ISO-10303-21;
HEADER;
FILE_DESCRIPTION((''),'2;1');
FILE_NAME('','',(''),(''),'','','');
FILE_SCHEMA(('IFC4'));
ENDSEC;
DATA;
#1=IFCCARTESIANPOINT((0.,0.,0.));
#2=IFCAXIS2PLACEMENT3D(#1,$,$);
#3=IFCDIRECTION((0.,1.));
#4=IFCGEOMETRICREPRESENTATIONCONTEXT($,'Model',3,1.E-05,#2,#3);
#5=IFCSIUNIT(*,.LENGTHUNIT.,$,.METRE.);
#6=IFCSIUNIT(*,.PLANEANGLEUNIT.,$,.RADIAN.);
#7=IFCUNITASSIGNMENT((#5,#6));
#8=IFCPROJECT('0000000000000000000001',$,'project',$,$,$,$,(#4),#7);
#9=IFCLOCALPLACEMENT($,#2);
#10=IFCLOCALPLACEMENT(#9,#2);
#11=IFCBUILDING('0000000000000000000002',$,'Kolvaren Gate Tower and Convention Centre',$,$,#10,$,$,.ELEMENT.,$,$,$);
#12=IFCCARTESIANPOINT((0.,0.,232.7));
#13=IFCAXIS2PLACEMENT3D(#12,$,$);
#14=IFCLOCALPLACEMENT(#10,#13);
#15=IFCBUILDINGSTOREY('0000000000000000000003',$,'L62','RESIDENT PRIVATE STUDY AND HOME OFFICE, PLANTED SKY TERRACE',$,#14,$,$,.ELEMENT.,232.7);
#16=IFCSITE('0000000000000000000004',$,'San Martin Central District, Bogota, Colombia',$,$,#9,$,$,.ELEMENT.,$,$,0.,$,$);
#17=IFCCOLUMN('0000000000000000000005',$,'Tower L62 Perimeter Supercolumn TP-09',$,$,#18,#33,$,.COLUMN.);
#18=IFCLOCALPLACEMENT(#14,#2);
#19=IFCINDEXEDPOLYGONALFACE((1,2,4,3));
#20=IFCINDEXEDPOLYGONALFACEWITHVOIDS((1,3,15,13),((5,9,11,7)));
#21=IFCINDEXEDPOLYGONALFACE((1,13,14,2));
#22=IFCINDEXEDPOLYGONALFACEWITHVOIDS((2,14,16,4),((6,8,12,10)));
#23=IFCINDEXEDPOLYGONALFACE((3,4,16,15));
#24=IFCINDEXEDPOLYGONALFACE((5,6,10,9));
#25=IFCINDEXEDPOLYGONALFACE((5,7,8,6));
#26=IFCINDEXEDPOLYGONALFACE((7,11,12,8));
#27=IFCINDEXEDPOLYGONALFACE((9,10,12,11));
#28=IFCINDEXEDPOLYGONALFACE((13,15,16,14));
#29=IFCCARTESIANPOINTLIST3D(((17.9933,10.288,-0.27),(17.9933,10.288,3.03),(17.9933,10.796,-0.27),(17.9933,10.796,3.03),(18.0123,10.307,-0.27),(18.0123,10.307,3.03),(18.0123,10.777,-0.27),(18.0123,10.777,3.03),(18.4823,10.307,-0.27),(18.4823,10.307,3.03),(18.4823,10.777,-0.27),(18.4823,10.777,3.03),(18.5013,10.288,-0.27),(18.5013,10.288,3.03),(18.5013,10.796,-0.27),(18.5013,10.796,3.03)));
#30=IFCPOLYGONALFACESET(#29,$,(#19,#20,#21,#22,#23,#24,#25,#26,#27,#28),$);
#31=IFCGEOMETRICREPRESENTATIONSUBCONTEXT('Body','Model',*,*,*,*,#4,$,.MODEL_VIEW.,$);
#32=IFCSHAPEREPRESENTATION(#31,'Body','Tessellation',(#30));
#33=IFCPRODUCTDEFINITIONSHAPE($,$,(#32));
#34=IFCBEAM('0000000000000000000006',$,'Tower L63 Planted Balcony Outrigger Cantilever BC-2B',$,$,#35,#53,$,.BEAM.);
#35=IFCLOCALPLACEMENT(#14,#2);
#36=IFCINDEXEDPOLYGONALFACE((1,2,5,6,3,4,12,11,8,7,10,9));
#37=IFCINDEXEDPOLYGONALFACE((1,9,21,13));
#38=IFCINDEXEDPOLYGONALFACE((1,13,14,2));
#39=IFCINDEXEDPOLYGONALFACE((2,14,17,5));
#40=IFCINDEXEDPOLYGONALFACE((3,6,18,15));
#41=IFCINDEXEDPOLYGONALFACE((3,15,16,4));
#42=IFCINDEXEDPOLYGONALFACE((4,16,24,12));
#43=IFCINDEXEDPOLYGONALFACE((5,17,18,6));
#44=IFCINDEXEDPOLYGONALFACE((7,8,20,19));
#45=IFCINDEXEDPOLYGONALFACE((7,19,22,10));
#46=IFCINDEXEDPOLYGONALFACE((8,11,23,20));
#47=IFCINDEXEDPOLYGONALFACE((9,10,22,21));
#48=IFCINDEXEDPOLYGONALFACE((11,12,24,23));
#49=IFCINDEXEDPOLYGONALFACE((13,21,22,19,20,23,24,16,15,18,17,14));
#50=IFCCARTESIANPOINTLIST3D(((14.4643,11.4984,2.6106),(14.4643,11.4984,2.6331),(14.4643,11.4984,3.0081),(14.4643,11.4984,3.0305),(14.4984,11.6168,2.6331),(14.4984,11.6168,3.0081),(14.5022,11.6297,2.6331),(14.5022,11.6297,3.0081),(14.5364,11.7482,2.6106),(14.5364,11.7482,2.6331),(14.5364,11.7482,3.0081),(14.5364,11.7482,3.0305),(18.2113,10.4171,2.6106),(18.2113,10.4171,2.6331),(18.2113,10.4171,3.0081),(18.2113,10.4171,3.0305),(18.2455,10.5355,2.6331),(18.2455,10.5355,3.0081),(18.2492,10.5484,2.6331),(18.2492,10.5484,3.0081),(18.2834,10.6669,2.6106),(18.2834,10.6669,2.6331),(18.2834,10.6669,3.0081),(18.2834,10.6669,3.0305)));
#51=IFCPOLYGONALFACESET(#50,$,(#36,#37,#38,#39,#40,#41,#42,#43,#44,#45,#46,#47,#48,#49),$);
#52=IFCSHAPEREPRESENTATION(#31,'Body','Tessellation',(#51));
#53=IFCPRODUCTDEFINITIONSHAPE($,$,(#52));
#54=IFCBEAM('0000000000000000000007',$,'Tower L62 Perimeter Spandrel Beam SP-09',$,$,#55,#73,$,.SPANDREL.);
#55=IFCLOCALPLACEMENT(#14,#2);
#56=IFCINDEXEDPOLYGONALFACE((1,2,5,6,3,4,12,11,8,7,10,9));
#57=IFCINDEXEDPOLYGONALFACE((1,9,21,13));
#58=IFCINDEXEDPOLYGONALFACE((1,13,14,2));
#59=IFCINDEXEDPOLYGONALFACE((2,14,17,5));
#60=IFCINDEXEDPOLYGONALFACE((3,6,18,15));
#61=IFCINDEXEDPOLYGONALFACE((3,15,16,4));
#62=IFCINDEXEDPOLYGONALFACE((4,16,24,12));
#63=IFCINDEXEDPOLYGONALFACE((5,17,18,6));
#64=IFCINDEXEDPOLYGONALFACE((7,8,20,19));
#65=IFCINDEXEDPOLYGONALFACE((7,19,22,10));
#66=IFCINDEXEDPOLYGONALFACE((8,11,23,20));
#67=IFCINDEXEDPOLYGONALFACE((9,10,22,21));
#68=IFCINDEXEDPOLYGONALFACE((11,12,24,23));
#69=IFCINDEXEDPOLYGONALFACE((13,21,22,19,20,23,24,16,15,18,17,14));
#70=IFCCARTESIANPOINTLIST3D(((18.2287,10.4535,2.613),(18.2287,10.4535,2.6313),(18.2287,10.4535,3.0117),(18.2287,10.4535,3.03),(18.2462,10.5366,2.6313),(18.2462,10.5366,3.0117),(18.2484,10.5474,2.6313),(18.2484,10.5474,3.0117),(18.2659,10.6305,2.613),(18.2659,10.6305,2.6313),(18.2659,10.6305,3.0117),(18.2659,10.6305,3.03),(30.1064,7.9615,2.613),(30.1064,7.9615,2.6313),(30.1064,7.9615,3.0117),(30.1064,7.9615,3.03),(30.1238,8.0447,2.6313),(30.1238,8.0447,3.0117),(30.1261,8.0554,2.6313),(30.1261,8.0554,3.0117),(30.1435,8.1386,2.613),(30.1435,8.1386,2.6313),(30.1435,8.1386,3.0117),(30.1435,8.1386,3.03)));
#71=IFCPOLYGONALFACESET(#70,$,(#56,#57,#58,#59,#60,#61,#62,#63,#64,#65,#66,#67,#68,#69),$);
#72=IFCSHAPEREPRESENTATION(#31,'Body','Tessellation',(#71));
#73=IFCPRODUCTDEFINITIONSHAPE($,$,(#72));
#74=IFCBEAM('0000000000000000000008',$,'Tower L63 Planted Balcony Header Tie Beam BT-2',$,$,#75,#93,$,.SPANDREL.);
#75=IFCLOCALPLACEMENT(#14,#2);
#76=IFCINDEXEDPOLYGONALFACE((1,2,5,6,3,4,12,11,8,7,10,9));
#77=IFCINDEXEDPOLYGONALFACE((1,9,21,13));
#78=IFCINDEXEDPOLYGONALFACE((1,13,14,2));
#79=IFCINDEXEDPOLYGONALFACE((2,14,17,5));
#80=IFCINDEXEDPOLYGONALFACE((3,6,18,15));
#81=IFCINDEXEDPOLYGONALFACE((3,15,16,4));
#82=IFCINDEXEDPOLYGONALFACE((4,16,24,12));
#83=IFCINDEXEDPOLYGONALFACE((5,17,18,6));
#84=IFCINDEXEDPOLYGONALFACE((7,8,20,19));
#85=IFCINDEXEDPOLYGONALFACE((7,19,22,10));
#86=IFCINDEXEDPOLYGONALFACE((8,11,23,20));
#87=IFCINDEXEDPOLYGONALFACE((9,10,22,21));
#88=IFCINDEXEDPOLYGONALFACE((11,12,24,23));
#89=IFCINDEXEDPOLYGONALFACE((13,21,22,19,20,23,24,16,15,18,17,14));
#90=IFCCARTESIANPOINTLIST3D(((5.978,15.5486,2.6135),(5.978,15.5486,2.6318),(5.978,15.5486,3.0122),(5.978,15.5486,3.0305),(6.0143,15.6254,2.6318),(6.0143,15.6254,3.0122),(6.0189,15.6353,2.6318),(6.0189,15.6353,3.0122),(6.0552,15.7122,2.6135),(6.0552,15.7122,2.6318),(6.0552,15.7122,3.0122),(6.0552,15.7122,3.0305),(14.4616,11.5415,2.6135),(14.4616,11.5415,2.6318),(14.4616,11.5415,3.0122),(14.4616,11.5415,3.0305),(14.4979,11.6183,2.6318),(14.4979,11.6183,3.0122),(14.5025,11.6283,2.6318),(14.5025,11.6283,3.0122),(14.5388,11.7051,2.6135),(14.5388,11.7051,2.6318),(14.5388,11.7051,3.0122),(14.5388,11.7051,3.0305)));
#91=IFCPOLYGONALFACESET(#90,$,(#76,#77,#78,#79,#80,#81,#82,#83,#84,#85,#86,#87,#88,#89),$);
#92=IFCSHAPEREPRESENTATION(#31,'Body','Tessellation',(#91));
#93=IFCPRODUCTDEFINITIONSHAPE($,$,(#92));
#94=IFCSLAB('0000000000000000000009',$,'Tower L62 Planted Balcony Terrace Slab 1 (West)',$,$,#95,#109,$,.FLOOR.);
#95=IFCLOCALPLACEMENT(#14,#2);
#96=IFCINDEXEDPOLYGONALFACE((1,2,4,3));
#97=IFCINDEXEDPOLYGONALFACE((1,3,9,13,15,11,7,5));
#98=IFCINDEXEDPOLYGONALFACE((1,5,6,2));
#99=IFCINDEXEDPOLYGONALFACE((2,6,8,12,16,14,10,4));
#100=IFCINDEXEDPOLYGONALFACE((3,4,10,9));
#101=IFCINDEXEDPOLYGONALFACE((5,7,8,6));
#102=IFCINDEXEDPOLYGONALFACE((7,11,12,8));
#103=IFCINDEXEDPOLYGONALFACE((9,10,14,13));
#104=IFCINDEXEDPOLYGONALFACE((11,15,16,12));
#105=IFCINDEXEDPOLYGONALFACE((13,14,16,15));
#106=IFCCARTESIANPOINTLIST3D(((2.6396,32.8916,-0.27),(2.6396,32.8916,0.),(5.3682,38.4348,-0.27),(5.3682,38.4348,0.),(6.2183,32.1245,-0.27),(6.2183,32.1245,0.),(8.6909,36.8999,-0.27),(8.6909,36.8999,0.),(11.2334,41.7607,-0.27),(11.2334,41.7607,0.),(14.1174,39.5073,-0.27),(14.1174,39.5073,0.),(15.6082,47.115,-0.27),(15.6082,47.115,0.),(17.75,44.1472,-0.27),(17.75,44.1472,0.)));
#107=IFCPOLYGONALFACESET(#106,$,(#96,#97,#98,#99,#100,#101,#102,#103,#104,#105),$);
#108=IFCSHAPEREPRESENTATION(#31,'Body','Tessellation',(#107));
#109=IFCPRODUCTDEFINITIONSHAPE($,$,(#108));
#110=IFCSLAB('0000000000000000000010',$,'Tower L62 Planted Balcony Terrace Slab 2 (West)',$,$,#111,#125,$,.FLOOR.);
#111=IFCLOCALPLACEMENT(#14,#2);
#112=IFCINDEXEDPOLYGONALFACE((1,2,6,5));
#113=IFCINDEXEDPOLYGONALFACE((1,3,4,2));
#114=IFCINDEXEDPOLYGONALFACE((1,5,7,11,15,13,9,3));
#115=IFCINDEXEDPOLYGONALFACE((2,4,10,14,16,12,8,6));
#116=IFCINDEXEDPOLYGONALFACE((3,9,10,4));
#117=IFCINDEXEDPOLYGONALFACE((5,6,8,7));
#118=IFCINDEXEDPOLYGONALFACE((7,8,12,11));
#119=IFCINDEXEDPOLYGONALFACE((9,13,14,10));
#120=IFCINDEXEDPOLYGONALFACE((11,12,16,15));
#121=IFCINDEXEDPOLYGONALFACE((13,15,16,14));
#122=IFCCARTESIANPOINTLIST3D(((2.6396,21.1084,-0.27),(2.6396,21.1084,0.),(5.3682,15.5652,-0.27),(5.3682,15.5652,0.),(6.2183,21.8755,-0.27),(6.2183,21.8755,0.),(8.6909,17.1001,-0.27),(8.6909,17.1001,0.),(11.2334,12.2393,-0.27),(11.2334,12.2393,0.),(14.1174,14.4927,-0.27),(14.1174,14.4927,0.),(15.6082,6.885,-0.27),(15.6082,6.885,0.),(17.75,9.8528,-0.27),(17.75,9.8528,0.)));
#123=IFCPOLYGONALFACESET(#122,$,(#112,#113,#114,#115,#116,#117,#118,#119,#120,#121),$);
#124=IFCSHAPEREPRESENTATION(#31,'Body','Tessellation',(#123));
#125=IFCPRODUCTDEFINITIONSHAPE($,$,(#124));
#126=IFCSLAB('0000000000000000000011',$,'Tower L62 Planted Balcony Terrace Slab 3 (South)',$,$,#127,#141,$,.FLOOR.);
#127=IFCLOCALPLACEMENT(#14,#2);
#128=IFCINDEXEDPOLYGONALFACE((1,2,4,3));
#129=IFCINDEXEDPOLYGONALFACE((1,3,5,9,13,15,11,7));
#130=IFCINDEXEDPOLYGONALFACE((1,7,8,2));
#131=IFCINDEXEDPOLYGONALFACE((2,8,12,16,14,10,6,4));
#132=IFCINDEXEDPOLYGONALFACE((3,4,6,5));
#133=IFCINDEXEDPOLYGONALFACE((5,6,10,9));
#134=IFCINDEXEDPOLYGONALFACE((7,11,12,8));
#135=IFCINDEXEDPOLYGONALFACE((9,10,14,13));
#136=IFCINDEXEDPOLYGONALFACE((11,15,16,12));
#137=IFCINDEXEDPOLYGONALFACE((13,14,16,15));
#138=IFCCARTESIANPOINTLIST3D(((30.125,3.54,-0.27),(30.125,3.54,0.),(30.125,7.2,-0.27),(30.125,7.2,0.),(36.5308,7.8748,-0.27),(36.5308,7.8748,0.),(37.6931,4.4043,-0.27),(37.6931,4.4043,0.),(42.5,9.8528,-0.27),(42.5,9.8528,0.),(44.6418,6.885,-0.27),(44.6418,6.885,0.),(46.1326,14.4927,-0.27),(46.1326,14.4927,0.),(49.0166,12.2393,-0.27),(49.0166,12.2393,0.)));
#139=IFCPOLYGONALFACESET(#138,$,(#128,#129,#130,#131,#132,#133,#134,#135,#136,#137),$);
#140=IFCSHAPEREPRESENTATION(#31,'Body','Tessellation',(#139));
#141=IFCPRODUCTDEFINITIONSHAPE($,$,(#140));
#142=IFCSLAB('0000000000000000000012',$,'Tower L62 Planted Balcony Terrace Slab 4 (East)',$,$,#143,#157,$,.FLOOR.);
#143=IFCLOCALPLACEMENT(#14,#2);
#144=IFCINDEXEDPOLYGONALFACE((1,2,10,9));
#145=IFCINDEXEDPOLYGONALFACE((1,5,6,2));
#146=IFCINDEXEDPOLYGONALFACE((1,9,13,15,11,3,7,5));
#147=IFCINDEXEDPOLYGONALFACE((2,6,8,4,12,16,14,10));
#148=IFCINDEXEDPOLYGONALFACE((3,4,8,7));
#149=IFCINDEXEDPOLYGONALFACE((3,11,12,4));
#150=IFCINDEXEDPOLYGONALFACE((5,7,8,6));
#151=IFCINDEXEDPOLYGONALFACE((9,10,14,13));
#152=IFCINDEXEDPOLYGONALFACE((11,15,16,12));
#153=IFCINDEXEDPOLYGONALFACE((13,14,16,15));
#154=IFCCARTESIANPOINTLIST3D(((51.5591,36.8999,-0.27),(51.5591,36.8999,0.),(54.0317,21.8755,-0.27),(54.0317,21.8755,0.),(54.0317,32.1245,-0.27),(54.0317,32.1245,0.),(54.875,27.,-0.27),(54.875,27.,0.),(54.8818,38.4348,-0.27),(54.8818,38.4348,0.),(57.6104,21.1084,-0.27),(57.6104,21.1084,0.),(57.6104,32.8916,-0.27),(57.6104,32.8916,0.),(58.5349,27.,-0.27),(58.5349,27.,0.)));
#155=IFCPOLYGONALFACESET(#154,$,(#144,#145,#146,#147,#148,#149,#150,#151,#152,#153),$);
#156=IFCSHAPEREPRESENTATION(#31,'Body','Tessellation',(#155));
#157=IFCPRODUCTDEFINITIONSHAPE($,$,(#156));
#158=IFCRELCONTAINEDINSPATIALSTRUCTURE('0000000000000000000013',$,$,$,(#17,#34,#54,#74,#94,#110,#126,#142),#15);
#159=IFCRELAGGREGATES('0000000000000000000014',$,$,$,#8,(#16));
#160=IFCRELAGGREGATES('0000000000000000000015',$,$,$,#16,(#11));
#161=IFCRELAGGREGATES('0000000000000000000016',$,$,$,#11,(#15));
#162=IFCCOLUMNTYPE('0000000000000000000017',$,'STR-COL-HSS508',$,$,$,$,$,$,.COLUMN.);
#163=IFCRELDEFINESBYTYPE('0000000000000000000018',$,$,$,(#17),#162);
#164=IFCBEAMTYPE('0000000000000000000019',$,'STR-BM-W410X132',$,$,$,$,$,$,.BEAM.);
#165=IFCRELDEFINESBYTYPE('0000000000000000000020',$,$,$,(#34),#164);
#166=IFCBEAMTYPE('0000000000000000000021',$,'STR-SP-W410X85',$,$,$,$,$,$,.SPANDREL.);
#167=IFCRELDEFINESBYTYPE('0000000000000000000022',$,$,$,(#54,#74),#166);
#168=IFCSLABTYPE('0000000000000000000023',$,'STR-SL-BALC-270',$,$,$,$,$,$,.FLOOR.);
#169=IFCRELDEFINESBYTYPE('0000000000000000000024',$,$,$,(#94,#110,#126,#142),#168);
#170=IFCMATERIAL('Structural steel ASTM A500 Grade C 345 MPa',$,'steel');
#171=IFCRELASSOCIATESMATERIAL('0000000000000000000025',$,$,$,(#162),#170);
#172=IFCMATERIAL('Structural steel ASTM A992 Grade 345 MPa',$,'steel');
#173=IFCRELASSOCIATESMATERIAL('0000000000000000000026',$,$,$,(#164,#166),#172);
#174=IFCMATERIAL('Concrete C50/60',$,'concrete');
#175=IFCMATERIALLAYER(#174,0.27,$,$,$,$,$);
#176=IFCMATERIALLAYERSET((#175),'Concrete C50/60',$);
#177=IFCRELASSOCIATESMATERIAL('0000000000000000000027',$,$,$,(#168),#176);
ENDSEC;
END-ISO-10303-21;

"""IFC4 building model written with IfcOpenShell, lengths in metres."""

from ifc_helpers import new_model, si_unit, direction, frame, origin, origin_2d, place, context, subcontext, project, spatial, polyline, hollow_rectangle, i_section, outline, extrude, material, layer, layer_set, material_profile, profile_set, type_object, element, save


model = new_model("IFC4")

# Units and contexts
model_context = context("Model", 3, precision=1e-05, world=origin(), true_north=direction((0.0, 1.0)))
body_context = subcontext(model_context, "Body", "Model", "MODEL_VIEW")
ifc_project = project(units=[si_unit("LENGTHUNIT", "METRE"), si_unit("PLANEANGLEUNIT", "RADIAN")], contexts=[model_context])

# Site, building, storey
site_placement = place(None, origin())
site = spatial("IfcSite", under=ifc_project, at=site_placement, Name="San Martin Central District, Bogota, Colombia", CompositionType="ELEMENT", RefElevation=0.0)
building_placement = place(site_placement, origin())
building = spatial("IfcBuilding", under=site, at=building_placement, Name="Kolvaren Gate Tower and Convention Centre", CompositionType="ELEMENT")
storey_placement = place(building_placement, frame((0.0, 0.0, 232.7)))
storey = spatial("IfcBuildingStorey", under=building, at=storey_placement, Name="L62", Description="RESIDENT PRIVATE STUDY AND HOME OFFICE, PLANTED SKY TERRACE", CompositionType="ELEMENT", Elevation=232.7)

# Column
ifc_material_1 = material(Name="Structural steel ASTM A500 Grade C 345 MPa", Category="steel")
ifc_material_profile_1 = material_profile(ifc_material_1, hollow_rectangle(XDim=0.5081, YDim=0.5081, WallThickness=0.019, at=origin_2d()), Name="HSS508X508X19.1")
ifc_profile_set_1 = profile_set([ifc_material_profile_1], Name="Structural steel ASTM A500 Grade C 345 MPa")
column_type = type_object("IfcColumnType", Name="STR-COL-HSS508", PredefinedType="COLUMN", material=ifc_profile_set_1)
column_placement = place(storey_placement, frame((18.2473, 10.542, -0.27), z_axis=(0.0, 0.0, 1.0), x_axis=(1.0, 0.0, 0.0)))
element("IfcColumn", 1, at=column_placement, inside=storey, type_object=column_type, Name="Tower L62 Perimeter Supercolumn TP-09", PredefinedType="COLUMN", context=body_context, shape_type="SweptSolid", body=[
    extrude(hollow_rectangle(XDim=0.5081, YDim=0.5081, WallThickness=0.019, at=origin_2d()), origin(), (0.0, 0.0, 1.0), 3.3),
])

# Beams
ifc_material_2 = material(Name="Structural steel ASTM A992 Grade 345 MPa", Category="steel")
ifc_material_profile_2 = material_profile(ifc_material_2, i_section(OverallWidth=0.26, OverallDepth=0.4199, WebThickness=0.0134, FlangeThickness=0.0225, at=origin_2d()), Name="W410X132")
ifc_profile_set_2 = profile_set([ifc_material_profile_2], Name="Structural steel ASTM A992 Grade 345 MPa")
beam_type_1 = type_object("IfcBeamType", Name="STR-BM-W410X132", PredefinedType="BEAM", material=ifc_profile_set_2)
beam_1_placement = place(storey_placement, frame((18.2473, 10.542, 2.8206), z_axis=(-0.960795, 0.277258, 0.0), x_axis=(-0.277258, -0.960795, 0.0)))
element("IfcBeam", 2, at=beam_1_placement, inside=storey, type_object=beam_type_1, Name="Tower L63 Planted Balcony Outrigger Cantilever BC-2B", PredefinedType="BEAM", context=body_context, shape_type="SweptSolid", body=[
    extrude(i_section(OverallWidth=0.26, OverallDepth=0.4199, WebThickness=0.0134, FlangeThickness=0.0225, at=origin_2d()), origin(), (0.0, 0.0, 1.0), 3.8999),
])
ifc_material_profile_3 = material_profile(ifc_material_2, i_section(OverallWidth=0.1809, OverallDepth=0.417, WebThickness=0.011, FlangeThickness=0.0183, at=origin_2d()), Name="W410X85")
ifc_profile_set_3 = profile_set([ifc_material_profile_3], Name="Structural steel ASTM A992 Grade 345 MPa")
beam_type_2 = type_object("IfcBeamType", Name="STR-SP-W410X85", PredefinedType="SPANDREL", material=ifc_profile_set_3)
beam_2_placement = place(storey_placement, frame((18.2473, 10.542, 2.8215), z_axis=(0.978693, -0.20533, 0.0), x_axis=(0.20533, 0.978693, 0.0)))
element("IfcBeam", 3, at=beam_2_placement, inside=storey, type_object=beam_type_2, Name="Tower L62 Perimeter Spandrel Beam SP-09", PredefinedType="SPANDREL", context=body_context, shape_type="SweptSolid", body=[
    extrude(i_section(OverallWidth=0.1809, OverallDepth=0.417, WebThickness=0.011, FlangeThickness=0.0183, at=origin_2d()), origin(), (0.0, 0.0, 1.0), 12.1362),
])
beam_3_placement = place(storey_placement, frame((6.0166, 15.6304, 2.822), z_axis=(0.904211, -0.427086, 0.0), x_axis=(0.427086, 0.904211, 0.0)))
element("IfcBeam", 4, at=beam_3_placement, inside=storey, type_object=beam_type_2, Name="Tower L63 Planted Balcony Header Tie Beam BT-2", PredefinedType="SPANDREL", context=body_context, shape_type="SweptSolid", body=[
    extrude(i_section(OverallWidth=0.1809, OverallDepth=0.417, WebThickness=0.011, FlangeThickness=0.0183, at=origin_2d()), origin(), (0.0, 0.0, 1.0), 9.3823),
])

# Slabs
ifc_material_3 = material(Name="Concrete C50/60", Category="concrete")
ifc_layer_1 = layer(ifc_material_3, 0.27)
ifc_layer_set_1 = layer_set([ifc_layer_1], Name="Concrete C50/60")
slab_type_1 = type_object("IfcSlabType", Name="STR-SL-BALC-270", PredefinedType="FLOOR", material=ifc_layer_set_1)
slab_1_placement = place(storey_placement, frame((0.0, 0.0, -0.27)))
element("IfcSlab", 5, at=slab_1_placement, inside=storey, type_object=slab_type_1, Name="Tower L62 Planted Balcony Terrace Slab 1 (West)", PredefinedType="FLOOR", context=body_context, shape_type="SweptSolid", body=[
    extrude(outline(polyline([(17.75, 44.1472), (14.1174, 39.5073), (8.6909, 36.8999), (6.2183, 32.1245), (2.6396, 32.8916), (5.3682, 38.4348), (11.2334, 41.7607), (15.6082, 47.115), (17.75, 44.1472)])), origin(), (0.0, 0.0, 1.0), 0.27),
])
slab_2_placement = place(storey_placement, frame((0.0, 0.0, -0.27)))
element("IfcSlab", 6, at=slab_2_placement, inside=storey, type_object=slab_type_1, Name="Tower L62 Planted Balcony Terrace Slab 2 (West)", PredefinedType="FLOOR", context=body_context, shape_type="SweptSolid", body=[
    extrude(outline(polyline([(6.2183, 21.8755), (8.6909, 17.1001), (14.1174, 14.4927), (17.75, 9.8528), (15.6082, 6.885), (11.2334, 12.2393), (5.3682, 15.5652), (2.6396, 21.1084), (6.2183, 21.8755)])), origin(), (0.0, 0.0, 1.0), 0.27),
])
slab_3_placement = place(storey_placement, frame((0.0, 0.0, -0.27)))
element("IfcSlab", 7, at=slab_3_placement, inside=storey, type_object=slab_type_1, Name="Tower L62 Planted Balcony Terrace Slab 3 (South)", PredefinedType="FLOOR", context=body_context, shape_type="SweptSolid", body=[
    extrude(outline(polyline([(30.125, 7.2), (36.5308, 7.8748), (42.5, 9.8528), (46.1326, 14.4927), (49.0166, 12.2393), (44.6418, 6.885), (37.6931, 4.4043), (30.125, 3.54), (30.125, 7.2)])), origin(), (0.0, 0.0, 1.0), 0.27),
])
slab_4_placement = place(storey_placement, frame((0.0, 0.0, -0.27)))
element("IfcSlab", 8, at=slab_4_placement, inside=storey, type_object=slab_type_1, Name="Tower L62 Planted Balcony Terrace Slab 4 (East)", PredefinedType="FLOOR", context=body_context, shape_type="SweptSolid", body=[
    extrude(outline(polyline([(54.0317, 21.8755), (54.875, 27.0), (54.0317, 32.1245), (51.5591, 36.8999), (54.8818, 38.4348), (57.6104, 32.8916), (58.5349, 27.0), (57.6104, 21.1084), (54.0317, 21.8755)])), origin(), (0.0, 0.0, 1.0), 0.27),
])

save(model, "model.ifc")
